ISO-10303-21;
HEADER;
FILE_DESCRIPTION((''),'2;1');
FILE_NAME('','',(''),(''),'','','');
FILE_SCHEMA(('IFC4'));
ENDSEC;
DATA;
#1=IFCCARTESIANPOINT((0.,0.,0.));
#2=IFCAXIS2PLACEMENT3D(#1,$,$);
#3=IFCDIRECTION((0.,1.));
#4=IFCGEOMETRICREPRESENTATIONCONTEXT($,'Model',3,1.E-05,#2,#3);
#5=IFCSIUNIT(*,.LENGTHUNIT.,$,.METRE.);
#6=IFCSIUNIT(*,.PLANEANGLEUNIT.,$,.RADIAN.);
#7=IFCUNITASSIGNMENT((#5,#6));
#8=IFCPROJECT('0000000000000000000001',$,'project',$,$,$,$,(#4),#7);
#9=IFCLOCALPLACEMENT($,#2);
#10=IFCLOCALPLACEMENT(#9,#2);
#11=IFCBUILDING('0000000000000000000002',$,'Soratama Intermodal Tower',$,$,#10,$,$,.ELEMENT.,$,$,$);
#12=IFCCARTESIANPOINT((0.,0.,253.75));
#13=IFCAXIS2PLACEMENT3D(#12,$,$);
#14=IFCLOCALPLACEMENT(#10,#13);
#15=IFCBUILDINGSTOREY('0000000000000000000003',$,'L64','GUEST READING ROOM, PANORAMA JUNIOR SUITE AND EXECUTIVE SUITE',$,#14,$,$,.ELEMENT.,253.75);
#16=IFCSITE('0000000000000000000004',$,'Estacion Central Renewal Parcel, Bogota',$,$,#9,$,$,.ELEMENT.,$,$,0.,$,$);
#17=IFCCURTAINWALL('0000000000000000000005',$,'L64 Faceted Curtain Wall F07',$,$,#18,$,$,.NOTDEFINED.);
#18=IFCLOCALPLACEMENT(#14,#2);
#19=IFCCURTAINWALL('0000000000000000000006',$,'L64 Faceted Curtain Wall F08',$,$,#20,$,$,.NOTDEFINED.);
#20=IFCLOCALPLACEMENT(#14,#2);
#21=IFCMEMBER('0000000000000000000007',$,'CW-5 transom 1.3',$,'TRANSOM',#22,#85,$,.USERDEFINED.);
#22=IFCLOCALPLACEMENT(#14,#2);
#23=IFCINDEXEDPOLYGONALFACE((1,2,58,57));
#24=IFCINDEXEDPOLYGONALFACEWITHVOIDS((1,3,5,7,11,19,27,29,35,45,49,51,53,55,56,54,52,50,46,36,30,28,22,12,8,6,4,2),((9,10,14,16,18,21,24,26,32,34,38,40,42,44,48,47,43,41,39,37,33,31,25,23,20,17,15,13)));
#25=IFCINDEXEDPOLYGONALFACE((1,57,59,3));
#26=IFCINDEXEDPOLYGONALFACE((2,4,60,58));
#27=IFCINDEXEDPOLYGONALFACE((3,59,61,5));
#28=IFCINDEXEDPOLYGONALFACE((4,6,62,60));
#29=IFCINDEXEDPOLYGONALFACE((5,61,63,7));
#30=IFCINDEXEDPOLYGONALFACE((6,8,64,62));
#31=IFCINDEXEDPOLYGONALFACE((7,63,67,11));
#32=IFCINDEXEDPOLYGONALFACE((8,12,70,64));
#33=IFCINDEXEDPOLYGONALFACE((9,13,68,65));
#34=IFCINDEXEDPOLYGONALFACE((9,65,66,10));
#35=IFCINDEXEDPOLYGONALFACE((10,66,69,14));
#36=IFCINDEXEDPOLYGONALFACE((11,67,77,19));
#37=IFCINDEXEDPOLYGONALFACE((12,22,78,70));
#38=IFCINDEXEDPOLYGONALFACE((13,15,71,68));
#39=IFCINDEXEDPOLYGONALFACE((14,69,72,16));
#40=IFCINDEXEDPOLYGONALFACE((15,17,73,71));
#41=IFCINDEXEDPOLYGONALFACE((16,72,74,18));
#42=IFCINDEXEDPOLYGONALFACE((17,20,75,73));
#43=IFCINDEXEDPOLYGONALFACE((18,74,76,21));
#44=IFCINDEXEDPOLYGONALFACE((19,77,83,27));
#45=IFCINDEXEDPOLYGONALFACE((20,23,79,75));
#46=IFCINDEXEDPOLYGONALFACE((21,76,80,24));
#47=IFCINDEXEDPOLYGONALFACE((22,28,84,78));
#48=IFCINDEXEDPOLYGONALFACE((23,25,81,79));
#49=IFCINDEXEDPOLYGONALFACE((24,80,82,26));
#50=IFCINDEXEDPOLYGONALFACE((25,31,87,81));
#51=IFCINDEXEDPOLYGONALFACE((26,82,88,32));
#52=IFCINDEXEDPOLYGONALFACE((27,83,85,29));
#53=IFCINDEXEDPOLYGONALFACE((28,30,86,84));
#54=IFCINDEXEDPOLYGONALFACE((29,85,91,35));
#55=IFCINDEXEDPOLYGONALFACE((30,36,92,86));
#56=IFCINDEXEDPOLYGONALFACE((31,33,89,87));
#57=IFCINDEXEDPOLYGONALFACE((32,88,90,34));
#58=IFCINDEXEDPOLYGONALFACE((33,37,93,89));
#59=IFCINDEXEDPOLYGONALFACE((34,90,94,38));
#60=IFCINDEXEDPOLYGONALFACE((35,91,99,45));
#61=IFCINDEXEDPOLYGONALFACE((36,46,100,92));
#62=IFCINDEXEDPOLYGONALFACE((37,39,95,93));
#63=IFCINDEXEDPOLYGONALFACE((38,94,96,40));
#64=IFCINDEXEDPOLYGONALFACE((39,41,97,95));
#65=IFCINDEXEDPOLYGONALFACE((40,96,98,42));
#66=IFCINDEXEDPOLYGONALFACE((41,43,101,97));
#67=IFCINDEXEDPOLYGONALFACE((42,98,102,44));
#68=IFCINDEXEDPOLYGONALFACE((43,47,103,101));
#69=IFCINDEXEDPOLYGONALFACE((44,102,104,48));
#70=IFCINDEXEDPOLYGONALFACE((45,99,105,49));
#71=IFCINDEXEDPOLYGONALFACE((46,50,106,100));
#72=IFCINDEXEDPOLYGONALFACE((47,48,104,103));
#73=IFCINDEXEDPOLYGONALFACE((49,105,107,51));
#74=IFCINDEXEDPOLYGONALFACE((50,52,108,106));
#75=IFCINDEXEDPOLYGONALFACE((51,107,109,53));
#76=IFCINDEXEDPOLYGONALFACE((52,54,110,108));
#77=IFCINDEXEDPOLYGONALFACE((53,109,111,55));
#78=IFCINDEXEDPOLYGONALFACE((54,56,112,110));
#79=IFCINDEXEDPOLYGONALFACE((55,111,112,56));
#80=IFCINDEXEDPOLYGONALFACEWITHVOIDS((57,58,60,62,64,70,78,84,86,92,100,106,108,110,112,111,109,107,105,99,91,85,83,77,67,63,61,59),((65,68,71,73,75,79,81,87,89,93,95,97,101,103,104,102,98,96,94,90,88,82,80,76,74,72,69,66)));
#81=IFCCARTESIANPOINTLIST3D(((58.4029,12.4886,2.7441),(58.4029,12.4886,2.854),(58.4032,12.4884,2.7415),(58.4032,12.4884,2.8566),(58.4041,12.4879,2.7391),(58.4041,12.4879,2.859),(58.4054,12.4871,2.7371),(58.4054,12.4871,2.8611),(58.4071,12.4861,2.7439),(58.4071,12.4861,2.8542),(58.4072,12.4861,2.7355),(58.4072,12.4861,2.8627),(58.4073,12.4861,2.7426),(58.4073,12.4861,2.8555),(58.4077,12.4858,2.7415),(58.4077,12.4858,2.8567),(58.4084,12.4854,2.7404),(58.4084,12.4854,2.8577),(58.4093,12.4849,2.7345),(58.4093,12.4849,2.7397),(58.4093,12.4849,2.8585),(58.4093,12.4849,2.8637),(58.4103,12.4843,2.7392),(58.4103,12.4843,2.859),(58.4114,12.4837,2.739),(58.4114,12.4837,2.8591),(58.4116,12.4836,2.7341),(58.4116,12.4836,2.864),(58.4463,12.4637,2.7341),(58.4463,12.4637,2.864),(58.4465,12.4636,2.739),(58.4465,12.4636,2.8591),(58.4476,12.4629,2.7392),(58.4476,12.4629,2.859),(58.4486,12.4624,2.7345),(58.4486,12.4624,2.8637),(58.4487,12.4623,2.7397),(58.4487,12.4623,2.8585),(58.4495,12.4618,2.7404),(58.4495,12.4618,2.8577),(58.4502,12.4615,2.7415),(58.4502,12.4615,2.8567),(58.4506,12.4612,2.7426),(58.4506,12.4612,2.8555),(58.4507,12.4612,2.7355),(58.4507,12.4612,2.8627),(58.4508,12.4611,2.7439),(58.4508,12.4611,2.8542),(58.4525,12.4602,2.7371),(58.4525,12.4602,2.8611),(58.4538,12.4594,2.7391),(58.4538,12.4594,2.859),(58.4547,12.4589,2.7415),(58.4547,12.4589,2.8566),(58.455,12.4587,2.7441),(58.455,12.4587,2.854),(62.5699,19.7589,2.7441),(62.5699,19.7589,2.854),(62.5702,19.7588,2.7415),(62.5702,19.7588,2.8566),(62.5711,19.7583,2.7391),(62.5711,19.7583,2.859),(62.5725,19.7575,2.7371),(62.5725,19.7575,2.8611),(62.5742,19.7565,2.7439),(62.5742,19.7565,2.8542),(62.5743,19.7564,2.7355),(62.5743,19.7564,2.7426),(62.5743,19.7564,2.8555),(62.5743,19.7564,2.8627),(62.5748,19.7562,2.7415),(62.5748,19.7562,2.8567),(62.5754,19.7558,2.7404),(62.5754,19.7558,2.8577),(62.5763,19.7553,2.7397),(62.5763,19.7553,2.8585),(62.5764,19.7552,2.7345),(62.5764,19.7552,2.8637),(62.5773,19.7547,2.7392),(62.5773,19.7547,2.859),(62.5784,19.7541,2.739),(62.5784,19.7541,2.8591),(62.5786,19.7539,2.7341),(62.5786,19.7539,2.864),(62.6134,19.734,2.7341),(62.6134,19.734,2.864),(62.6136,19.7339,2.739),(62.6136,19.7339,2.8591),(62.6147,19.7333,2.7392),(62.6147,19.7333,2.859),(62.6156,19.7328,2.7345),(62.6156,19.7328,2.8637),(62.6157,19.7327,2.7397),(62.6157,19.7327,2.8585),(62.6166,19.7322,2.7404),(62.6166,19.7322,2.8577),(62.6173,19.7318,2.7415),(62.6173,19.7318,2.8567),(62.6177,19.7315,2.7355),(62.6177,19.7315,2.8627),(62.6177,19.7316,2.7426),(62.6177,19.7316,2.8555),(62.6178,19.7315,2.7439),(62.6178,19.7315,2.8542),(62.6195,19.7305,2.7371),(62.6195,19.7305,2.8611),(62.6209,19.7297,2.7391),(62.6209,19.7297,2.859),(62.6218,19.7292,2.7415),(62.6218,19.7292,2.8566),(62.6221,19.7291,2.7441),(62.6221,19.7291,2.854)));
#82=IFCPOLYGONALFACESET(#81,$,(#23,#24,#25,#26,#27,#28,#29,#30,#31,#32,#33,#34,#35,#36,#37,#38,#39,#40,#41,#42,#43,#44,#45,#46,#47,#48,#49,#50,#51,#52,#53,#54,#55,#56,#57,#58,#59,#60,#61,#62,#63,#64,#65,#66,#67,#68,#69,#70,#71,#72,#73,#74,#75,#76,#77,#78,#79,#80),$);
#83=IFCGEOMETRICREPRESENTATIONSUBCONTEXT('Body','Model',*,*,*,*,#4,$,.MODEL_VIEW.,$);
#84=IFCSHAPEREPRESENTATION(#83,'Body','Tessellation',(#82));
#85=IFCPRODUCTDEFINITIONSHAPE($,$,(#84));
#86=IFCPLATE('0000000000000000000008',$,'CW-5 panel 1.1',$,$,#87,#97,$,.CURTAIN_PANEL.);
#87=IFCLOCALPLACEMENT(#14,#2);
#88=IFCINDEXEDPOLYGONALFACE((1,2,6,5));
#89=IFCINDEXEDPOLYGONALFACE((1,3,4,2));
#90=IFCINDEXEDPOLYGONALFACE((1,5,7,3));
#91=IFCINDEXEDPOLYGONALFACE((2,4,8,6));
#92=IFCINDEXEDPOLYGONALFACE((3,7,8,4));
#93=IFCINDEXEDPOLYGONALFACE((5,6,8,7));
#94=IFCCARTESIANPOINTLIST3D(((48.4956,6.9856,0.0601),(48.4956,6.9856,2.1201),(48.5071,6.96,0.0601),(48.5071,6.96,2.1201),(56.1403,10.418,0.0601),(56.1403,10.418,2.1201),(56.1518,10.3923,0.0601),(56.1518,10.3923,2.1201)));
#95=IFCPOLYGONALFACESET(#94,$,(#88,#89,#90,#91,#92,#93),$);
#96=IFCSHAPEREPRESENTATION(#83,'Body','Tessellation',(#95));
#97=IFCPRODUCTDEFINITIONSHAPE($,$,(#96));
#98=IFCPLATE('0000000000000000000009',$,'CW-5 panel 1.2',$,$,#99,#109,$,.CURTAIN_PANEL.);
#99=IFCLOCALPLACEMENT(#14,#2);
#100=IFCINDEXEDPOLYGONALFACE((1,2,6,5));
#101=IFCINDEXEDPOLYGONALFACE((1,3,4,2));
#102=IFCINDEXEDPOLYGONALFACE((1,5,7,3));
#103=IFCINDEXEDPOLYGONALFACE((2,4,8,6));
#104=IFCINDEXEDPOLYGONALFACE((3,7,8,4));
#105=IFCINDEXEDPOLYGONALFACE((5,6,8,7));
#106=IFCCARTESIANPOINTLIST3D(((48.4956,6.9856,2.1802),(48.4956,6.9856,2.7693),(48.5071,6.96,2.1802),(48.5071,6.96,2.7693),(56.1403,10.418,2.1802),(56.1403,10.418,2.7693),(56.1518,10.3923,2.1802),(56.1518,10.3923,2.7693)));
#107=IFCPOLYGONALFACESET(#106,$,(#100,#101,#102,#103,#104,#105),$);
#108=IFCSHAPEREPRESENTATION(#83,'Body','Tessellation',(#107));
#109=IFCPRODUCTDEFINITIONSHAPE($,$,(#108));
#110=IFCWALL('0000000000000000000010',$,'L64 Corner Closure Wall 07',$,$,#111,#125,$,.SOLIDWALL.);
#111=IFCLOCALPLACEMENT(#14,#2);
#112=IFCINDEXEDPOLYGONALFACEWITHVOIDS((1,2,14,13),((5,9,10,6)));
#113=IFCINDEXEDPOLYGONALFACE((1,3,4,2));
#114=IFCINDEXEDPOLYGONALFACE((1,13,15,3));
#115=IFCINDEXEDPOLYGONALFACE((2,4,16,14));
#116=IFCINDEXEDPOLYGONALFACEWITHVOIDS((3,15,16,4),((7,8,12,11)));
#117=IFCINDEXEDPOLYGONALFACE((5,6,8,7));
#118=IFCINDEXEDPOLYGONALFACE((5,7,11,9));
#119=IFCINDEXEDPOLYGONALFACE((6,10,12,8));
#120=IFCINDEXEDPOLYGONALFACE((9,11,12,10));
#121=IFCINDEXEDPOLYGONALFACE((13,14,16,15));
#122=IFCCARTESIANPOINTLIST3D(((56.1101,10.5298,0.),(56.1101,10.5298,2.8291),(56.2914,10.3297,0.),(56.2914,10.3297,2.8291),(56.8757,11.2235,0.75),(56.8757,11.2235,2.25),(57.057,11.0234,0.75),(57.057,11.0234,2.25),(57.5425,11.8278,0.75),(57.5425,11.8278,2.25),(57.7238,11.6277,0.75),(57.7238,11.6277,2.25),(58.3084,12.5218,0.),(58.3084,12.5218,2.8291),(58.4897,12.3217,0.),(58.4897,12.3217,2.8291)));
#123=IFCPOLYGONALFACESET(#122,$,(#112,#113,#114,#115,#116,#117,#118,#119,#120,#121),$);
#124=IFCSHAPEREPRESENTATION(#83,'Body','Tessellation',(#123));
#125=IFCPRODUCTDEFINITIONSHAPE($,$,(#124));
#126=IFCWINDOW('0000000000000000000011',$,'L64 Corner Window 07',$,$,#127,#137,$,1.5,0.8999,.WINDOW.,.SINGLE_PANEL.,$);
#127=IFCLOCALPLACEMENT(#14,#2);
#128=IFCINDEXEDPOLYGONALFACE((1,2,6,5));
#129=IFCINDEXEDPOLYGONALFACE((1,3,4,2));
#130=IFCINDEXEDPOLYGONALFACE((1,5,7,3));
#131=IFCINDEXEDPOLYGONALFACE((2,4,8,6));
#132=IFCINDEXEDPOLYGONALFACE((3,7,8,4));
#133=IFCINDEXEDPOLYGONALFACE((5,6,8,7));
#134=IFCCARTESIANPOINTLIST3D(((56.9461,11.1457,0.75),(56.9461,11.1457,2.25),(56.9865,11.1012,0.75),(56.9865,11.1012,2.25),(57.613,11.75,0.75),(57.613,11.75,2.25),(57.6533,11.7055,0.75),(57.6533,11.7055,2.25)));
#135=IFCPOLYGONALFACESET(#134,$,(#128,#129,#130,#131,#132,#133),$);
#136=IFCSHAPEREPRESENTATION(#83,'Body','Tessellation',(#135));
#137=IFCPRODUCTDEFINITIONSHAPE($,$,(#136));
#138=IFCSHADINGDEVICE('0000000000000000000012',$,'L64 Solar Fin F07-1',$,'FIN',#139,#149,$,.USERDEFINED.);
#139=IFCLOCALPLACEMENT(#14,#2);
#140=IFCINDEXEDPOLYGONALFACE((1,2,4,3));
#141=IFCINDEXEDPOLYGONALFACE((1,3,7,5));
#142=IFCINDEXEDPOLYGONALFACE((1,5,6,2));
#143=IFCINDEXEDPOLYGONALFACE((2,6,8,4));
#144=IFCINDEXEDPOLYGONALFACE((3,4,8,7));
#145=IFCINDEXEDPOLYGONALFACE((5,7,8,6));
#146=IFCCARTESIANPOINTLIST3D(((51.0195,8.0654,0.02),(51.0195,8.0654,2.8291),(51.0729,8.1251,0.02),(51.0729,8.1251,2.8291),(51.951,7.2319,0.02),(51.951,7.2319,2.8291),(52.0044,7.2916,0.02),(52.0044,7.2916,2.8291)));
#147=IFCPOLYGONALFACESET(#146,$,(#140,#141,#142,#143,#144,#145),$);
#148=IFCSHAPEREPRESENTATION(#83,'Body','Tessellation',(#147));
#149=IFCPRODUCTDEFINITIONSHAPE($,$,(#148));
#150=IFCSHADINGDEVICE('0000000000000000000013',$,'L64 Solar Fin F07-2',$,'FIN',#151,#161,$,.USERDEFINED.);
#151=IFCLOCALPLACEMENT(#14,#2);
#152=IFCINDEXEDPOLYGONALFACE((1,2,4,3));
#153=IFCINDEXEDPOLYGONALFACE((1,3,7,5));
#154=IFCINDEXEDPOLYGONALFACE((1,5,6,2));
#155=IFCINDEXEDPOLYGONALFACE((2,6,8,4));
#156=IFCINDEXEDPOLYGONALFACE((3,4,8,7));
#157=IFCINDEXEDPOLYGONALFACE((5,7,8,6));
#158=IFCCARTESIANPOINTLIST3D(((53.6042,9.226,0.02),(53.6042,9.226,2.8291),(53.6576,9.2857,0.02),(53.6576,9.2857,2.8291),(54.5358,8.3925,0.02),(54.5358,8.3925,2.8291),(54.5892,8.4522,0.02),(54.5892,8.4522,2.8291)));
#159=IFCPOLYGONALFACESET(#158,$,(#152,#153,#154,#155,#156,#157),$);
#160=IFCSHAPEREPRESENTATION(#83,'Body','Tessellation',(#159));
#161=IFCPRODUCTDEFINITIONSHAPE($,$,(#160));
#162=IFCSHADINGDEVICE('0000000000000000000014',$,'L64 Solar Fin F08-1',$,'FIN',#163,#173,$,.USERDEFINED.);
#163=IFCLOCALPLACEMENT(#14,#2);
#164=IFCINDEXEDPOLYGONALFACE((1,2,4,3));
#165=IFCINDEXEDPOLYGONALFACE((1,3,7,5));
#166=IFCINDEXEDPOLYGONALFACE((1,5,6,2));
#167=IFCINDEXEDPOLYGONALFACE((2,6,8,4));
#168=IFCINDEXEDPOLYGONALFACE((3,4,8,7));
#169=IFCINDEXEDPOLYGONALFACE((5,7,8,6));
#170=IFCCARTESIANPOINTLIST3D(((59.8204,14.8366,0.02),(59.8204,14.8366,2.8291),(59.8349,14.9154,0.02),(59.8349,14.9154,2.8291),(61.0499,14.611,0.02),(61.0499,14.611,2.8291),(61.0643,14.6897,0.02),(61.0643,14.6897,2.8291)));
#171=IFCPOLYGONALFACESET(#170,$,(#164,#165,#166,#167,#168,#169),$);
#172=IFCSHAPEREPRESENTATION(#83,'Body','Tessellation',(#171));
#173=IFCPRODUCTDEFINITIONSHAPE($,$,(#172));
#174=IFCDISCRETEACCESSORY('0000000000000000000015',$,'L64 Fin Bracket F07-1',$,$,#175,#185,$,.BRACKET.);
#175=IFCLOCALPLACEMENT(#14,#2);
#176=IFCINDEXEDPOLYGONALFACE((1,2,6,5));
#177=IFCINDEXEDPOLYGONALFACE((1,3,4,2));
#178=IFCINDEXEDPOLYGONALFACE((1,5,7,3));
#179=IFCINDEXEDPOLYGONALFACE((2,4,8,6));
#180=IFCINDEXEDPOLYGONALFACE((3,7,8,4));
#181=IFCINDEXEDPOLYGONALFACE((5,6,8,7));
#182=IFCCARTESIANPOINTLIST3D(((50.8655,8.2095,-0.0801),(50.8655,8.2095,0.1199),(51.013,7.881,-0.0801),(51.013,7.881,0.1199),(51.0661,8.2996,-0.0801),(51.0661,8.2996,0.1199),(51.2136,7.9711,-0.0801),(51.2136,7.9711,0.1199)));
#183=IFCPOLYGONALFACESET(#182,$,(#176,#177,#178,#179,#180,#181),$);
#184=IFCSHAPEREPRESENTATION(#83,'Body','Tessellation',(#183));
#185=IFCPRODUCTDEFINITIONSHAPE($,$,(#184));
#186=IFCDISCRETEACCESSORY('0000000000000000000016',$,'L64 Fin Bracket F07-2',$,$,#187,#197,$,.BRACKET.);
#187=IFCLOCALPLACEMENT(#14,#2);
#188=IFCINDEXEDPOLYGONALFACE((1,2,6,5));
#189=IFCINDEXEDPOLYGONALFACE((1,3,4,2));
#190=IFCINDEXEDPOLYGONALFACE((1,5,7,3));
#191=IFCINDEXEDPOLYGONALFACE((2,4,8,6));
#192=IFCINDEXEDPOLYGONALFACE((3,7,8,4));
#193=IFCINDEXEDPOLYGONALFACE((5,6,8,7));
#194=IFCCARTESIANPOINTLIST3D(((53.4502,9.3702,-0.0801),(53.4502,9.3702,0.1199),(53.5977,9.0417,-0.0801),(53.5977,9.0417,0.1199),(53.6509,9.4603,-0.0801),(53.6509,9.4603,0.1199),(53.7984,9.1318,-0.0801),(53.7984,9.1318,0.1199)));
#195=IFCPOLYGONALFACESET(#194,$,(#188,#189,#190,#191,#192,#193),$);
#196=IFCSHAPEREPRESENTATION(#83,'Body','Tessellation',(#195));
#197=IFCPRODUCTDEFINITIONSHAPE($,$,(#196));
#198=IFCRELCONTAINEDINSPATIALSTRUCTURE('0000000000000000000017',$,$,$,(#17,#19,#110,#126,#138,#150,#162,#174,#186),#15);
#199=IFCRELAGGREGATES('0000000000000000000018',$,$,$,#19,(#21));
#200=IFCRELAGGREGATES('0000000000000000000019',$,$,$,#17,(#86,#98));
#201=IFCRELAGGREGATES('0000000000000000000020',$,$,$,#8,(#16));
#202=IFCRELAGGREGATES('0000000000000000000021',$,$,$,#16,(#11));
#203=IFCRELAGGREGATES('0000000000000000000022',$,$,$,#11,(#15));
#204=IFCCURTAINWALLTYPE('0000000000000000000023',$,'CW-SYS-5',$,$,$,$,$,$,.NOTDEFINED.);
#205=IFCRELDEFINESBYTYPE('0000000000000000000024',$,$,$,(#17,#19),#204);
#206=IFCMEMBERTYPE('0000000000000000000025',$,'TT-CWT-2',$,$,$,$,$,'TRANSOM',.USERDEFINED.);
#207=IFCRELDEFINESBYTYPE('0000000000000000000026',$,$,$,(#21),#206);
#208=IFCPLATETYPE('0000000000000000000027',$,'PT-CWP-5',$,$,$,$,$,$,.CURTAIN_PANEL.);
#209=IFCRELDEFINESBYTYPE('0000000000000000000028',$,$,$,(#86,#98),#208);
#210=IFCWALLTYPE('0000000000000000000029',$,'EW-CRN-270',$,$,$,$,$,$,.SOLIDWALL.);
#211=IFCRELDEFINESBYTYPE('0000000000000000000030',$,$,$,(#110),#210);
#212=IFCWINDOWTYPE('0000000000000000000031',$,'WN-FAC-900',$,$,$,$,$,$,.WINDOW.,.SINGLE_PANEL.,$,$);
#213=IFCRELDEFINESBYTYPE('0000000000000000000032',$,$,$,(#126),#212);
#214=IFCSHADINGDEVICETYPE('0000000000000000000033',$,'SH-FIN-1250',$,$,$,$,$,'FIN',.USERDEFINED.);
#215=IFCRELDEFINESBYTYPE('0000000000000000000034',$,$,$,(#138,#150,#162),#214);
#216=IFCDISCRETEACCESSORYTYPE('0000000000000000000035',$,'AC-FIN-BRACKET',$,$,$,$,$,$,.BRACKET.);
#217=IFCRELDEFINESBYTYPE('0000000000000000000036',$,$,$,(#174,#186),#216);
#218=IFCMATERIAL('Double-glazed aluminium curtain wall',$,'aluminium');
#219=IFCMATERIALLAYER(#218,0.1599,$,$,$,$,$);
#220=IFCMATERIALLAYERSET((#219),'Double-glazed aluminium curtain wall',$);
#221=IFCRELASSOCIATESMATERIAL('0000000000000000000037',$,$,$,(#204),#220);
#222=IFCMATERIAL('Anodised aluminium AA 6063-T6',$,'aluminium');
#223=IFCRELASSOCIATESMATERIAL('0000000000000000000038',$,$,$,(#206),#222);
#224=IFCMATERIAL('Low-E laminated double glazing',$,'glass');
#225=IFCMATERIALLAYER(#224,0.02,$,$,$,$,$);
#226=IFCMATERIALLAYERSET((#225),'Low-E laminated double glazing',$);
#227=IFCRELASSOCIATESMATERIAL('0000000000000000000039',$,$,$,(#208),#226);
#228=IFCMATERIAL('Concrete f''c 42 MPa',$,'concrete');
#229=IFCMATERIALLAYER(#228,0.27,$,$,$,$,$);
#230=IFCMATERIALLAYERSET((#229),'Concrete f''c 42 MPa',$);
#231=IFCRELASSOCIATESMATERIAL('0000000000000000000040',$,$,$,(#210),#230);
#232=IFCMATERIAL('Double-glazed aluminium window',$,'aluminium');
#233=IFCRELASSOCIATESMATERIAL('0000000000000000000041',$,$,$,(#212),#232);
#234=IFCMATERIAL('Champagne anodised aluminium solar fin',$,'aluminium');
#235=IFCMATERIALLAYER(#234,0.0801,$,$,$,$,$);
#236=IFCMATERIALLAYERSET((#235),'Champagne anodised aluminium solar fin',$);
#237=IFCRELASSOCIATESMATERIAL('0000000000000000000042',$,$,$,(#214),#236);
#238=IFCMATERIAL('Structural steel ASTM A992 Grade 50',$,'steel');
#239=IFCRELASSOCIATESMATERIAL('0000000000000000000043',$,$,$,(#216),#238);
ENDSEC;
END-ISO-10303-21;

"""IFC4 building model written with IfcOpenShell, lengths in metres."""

from ifc_helpers import new_model, si_unit, direction, frame, frame_2d, origin, origin_2d, place, context, subcontext, project, spatial, rectangle, hollow_rectangle, extrude, material, layer, layer_set, material_profile, profile_set, type_object, element, fill, aggregate, save


model = new_model("IFC4")

# Units and contexts
model_context = context("Model", 3, precision=1e-05, world=origin(), true_north=direction((0.0, 1.0)))
body_context = subcontext(model_context, "Body", "Model", "MODEL_VIEW")
ifc_project = project(units=[si_unit("LENGTHUNIT", "METRE"), si_unit("PLANEANGLEUNIT", "RADIAN")], contexts=[model_context])

# Site, building, storey
site_placement = place(None, origin())
site = spatial("IfcSite", under=ifc_project, at=site_placement, Name="Estacion Central Renewal Parcel, Bogota", CompositionType="ELEMENT", RefElevation=0.0)
building_placement = place(site_placement, origin())
building = spatial("IfcBuilding", under=site, at=building_placement, Name="Soratama Intermodal Tower", CompositionType="ELEMENT")
storey_placement = place(building_placement, frame((0.0, 0.0, 253.75)))
storey = spatial("IfcBuildingStorey", under=building, at=storey_placement, Name="L64", Description="GUEST READING ROOM, PANORAMA JUNIOR SUITE AND EXECUTIVE SUITE", CompositionType="ELEMENT", Elevation=253.75)

# Curtain wall
ifc_material_1 = material(Name="Double-glazed aluminium curtain wall", Category="aluminium")
ifc_layer_1 = layer(ifc_material_1, 0.1599)
ifc_layer_set_1 = layer_set([ifc_layer_1], Name="Double-glazed aluminium curtain wall")
curtain_wall_type = type_object("IfcCurtainWallType", Name="CW-SYS-5", PredefinedType="NOTDEFINED", material=ifc_layer_set_1)
curtain_wall_1_placement = place(storey_placement, origin())
curtain_wall_1 = element("IfcCurtainWall", 1, at=curtain_wall_1_placement, inside=storey, type_object=curtain_wall_type, Name="L64 Faceted Curtain Wall F07", PredefinedType="NOTDEFINED")

# Curtain wall, member
curtain_wall_2_placement = place(storey_placement, origin())
curtain_wall_2 = element("IfcCurtainWall", 2, at=curtain_wall_2_placement, inside=storey, type_object=curtain_wall_type, Name="L64 Faceted Curtain Wall F08", PredefinedType="NOTDEFINED")
ifc_material_2 = material(Name="Anodised aluminium AA 6063-T6", Category="aluminium")
ifc_material_profile_1 = material_profile(ifc_material_2, hollow_rectangle(XDim=0.0601, YDim=0.1299, WallThickness=0.0049, InnerFilletRadius=0.0049, OuterFilletRadius=0.01, at=origin_2d()), Name="CWT130X60X5")
ifc_profile_set_1 = profile_set([ifc_material_profile_1], Name="Anodised aluminium AA 6063-T6")
member_type_1 = type_object("IfcMemberType", Name="TT-CWT-2", ElementType="TRANSOM", PredefinedType="USERDEFINED", material=ifc_profile_set_1)
member_1_placement = place(storey_placement, frame((58.429, 12.4736, 2.7991), z_axis=(0.497268, 0.867597, 0.0), x_axis=(-0.867597, 0.497268, 0.0)))
member_1 = element("IfcMember", 3, at=member_1_placement, type_object=member_type_1, Name="CW-5 transom 1.3", ObjectType="TRANSOM", PredefinedType="USERDEFINED", context=body_context, shape_type="SweptSolid", body=[
    extrude(hollow_rectangle(XDim=0.0601, YDim=0.1299, WallThickness=0.0049, InnerFilletRadius=0.0049, OuterFilletRadius=0.01, at=origin_2d()), origin(), (0.0, 0.0, 1.0), 8.3799),
])
aggregate(curtain_wall_2, [member_1])

# Plates
ifc_material_3 = material(Name="Low-E laminated double glazing", Category="glass")
ifc_layer_2 = layer(ifc_material_3, 0.02)
ifc_layer_set_2 = layer_set([ifc_layer_2], Name="Low-E laminated double glazing")
plate_type = type_object("IfcPlateType", Name="PT-CWP-5", PredefinedType="CURTAIN_PANEL", material=ifc_layer_set_2)
plate_1_placement = place(storey_placement, frame((52.3237, 8.689, 0.0601), z_axis=(0.0, 0.0, 1.0), x_axis=(0.912267, 0.409597, 0.0)))
plate_1 = element("IfcPlate", 4, at=plate_1_placement, type_object=plate_type, Name="CW-5 panel 1.1", PredefinedType="CURTAIN_PANEL", context=body_context, shape_type="SweptSolid", body=[
    extrude(rectangle(XDim=8.3799, YDim=0.0281, at=origin_2d()), origin(), (0.0, 0.0, 1.0), 2.0601),
])
plate_2_placement = place(storey_placement, frame((52.3237, 8.689, 2.1802), z_axis=(0.0, 0.0, 1.0), x_axis=(0.912267, 0.409597, 0.0)))
plate_2 = element("IfcPlate", 5, at=plate_2_placement, type_object=plate_type, Name="CW-5 panel 1.2", PredefinedType="CURTAIN_PANEL", context=body_context, shape_type="SweptSolid", body=[
    extrude(rectangle(XDim=8.3799, YDim=0.0281, at=origin_2d()), origin(), (0.0, 0.0, 1.0), 0.5891),
])
aggregate(curtain_wall_1, [plate_1, plate_2])

# Wall, opening, window
ifc_material_4 = material(Name="Concrete f'c 42 MPa", Category="concrete")
ifc_layer_3 = layer(ifc_material_4, 0.27)
ifc_layer_set_3 = layer_set([ifc_layer_3], Name="Concrete f'c 42 MPa")
wall_type = type_object("IfcWallType", Name="EW-CRN-270", PredefinedType="SOLIDWALL", material=ifc_layer_set_3)
wall_placement = place(storey_placement, frame((56.2007, 10.4297, 0.0), z_axis=(0.0, 0.0, 1.0), x_axis=(0.741023, 0.67148, 0.0)))
wall = element("IfcWall", 6, at=wall_placement, inside=storey, type_object=wall_type, Name="L64 Corner Closure Wall 07", PredefinedType="SOLIDWALL", context=body_context, shape_type="SweptSolid", body=[
    extrude(rectangle(XDim=2.9666, YDim=0.27, at=frame_2d((1.4834, 0.0))), origin(), (0.0, 0.0, 1.0), 2.8291),
])
opening_placement = place(wall_placement, frame((1.0332, 0.0, 0.75)))
opening = element("IfcOpeningElement", 7, at=opening_placement, cuts=wall, PredefinedType="OPENING", context=body_context, shape_type="SweptSolid", body=[
    extrude(rectangle(XDim=0.8999, YDim=1.5, at=frame_2d((0.45, 0.75))), frame((0.0, 0.145, 0.0), z_axis=(0.0, -1.0, 0.0), x_axis=(1.0, 0.0, 0.0)), (0.0, 0.0, 1.0), 0.29),
])
ifc_material_5 = material(Name="Double-glazed aluminium window", Category="aluminium")
window_type = type_object("IfcWindowType", Name="WN-FAC-900", PartitioningType="SINGLE_PANEL", PredefinedType="WINDOW", material=ifc_material_5)
window_placement = place(opening_placement, origin())
window = element("IfcWindow", 8, at=window_placement, inside=storey, type_object=window_type, Name="L64 Corner Window 07", OverallHeight=1.5, OverallWidth=0.8999, PartitioningType="SINGLE_PANEL", PredefinedType="WINDOW", context=body_context, shape_type="SweptSolid", body=[
    extrude(rectangle(XDim=0.8999, YDim=1.5, at=frame_2d((0.45, 0.75))), frame((0.0, 0.03, 0.0), z_axis=(0.0, -1.0, 0.0), x_axis=(1.0, 0.0, 0.0)), (0.0, 0.0, 1.0), 0.0601),
])
fill(opening, window)

# Shading devices
ifc_material_6 = material(Name="Champagne anodised aluminium solar fin", Category="aluminium")
ifc_layer_4 = layer(ifc_material_6, 0.0801)
ifc_layer_set_4 = layer_set([ifc_layer_4], Name="Champagne anodised aluminium solar fin")
shading_device_type = type_object("IfcShadingDeviceType", Name="SH-FIN-1250", ElementType="FIN", PredefinedType="USERDEFINED", material=ifc_layer_set_4)
for number, where, z_axis, x_axis, name in (
    (9, (51.512, 7.6785, 0.02), (0.0, 0.0, 1.0), (0.745243, -0.666793, 0.0), "L64 Solar Fin F07-1"),
    (10, (54.0967, 8.8391, 0.02), (0.0, 0.0, 1.0), (0.745243, -0.666793, 0.0), "L64 Solar Fin F07-2"),
    (11, (60.4424, 14.7632, 0.02), (0.0, 0.0, 1.0), (0.983571, -0.180519, 0.0), "L64 Solar Fin F08-1"),
):
    element("IfcShadingDevice", number, at=place(storey_placement, frame(where, z_axis=z_axis, x_axis=x_axis)), inside=storey, type_object=shading_device_type, Name=name, ObjectType="FIN", PredefinedType="USERDEFINED", context=body_context, shape_type="SweptSolid", body=[
        extrude(rectangle(XDim=1.25, YDim=0.0801, at=origin_2d()), origin(), (0.0, 0.0, 1.0), 2.8091),
    ])

# Discrete accessories
ifc_material_7 = material(Name="Structural steel ASTM A992 Grade 50", Category="steel")
discrete_accessory_type = type_object("IfcDiscreteAccessoryType", Name="AC-FIN-BRACKET", PredefinedType="BRACKET", material=ifc_material_7)
for number, where, z_axis, x_axis, name in (
    (12, (51.0396, 8.0903, -0.0801), (0.0, 0.0, 1.0), (0.409605, -0.912263, 0.0), "L64 Fin Bracket F07-1"),
    (13, (53.6243, 9.251, -0.0801), (0.0, 0.0, 1.0), (0.409605, -0.912263, 0.0), "L64 Fin Bracket F07-2"),
):
    element("IfcDiscreteAccessory", number, at=place(storey_placement, frame(where, z_axis=z_axis, x_axis=x_axis)), inside=storey, type_object=discrete_accessory_type, Name=name, PredefinedType="BRACKET", context=body_context, shape_type="SweptSolid", body=[
        extrude(rectangle(XDim=0.3601, YDim=0.22, at=origin_2d()), origin(), (0.0, 0.0, 1.0), 0.2),
    ])

save(model, "model.ifc")
